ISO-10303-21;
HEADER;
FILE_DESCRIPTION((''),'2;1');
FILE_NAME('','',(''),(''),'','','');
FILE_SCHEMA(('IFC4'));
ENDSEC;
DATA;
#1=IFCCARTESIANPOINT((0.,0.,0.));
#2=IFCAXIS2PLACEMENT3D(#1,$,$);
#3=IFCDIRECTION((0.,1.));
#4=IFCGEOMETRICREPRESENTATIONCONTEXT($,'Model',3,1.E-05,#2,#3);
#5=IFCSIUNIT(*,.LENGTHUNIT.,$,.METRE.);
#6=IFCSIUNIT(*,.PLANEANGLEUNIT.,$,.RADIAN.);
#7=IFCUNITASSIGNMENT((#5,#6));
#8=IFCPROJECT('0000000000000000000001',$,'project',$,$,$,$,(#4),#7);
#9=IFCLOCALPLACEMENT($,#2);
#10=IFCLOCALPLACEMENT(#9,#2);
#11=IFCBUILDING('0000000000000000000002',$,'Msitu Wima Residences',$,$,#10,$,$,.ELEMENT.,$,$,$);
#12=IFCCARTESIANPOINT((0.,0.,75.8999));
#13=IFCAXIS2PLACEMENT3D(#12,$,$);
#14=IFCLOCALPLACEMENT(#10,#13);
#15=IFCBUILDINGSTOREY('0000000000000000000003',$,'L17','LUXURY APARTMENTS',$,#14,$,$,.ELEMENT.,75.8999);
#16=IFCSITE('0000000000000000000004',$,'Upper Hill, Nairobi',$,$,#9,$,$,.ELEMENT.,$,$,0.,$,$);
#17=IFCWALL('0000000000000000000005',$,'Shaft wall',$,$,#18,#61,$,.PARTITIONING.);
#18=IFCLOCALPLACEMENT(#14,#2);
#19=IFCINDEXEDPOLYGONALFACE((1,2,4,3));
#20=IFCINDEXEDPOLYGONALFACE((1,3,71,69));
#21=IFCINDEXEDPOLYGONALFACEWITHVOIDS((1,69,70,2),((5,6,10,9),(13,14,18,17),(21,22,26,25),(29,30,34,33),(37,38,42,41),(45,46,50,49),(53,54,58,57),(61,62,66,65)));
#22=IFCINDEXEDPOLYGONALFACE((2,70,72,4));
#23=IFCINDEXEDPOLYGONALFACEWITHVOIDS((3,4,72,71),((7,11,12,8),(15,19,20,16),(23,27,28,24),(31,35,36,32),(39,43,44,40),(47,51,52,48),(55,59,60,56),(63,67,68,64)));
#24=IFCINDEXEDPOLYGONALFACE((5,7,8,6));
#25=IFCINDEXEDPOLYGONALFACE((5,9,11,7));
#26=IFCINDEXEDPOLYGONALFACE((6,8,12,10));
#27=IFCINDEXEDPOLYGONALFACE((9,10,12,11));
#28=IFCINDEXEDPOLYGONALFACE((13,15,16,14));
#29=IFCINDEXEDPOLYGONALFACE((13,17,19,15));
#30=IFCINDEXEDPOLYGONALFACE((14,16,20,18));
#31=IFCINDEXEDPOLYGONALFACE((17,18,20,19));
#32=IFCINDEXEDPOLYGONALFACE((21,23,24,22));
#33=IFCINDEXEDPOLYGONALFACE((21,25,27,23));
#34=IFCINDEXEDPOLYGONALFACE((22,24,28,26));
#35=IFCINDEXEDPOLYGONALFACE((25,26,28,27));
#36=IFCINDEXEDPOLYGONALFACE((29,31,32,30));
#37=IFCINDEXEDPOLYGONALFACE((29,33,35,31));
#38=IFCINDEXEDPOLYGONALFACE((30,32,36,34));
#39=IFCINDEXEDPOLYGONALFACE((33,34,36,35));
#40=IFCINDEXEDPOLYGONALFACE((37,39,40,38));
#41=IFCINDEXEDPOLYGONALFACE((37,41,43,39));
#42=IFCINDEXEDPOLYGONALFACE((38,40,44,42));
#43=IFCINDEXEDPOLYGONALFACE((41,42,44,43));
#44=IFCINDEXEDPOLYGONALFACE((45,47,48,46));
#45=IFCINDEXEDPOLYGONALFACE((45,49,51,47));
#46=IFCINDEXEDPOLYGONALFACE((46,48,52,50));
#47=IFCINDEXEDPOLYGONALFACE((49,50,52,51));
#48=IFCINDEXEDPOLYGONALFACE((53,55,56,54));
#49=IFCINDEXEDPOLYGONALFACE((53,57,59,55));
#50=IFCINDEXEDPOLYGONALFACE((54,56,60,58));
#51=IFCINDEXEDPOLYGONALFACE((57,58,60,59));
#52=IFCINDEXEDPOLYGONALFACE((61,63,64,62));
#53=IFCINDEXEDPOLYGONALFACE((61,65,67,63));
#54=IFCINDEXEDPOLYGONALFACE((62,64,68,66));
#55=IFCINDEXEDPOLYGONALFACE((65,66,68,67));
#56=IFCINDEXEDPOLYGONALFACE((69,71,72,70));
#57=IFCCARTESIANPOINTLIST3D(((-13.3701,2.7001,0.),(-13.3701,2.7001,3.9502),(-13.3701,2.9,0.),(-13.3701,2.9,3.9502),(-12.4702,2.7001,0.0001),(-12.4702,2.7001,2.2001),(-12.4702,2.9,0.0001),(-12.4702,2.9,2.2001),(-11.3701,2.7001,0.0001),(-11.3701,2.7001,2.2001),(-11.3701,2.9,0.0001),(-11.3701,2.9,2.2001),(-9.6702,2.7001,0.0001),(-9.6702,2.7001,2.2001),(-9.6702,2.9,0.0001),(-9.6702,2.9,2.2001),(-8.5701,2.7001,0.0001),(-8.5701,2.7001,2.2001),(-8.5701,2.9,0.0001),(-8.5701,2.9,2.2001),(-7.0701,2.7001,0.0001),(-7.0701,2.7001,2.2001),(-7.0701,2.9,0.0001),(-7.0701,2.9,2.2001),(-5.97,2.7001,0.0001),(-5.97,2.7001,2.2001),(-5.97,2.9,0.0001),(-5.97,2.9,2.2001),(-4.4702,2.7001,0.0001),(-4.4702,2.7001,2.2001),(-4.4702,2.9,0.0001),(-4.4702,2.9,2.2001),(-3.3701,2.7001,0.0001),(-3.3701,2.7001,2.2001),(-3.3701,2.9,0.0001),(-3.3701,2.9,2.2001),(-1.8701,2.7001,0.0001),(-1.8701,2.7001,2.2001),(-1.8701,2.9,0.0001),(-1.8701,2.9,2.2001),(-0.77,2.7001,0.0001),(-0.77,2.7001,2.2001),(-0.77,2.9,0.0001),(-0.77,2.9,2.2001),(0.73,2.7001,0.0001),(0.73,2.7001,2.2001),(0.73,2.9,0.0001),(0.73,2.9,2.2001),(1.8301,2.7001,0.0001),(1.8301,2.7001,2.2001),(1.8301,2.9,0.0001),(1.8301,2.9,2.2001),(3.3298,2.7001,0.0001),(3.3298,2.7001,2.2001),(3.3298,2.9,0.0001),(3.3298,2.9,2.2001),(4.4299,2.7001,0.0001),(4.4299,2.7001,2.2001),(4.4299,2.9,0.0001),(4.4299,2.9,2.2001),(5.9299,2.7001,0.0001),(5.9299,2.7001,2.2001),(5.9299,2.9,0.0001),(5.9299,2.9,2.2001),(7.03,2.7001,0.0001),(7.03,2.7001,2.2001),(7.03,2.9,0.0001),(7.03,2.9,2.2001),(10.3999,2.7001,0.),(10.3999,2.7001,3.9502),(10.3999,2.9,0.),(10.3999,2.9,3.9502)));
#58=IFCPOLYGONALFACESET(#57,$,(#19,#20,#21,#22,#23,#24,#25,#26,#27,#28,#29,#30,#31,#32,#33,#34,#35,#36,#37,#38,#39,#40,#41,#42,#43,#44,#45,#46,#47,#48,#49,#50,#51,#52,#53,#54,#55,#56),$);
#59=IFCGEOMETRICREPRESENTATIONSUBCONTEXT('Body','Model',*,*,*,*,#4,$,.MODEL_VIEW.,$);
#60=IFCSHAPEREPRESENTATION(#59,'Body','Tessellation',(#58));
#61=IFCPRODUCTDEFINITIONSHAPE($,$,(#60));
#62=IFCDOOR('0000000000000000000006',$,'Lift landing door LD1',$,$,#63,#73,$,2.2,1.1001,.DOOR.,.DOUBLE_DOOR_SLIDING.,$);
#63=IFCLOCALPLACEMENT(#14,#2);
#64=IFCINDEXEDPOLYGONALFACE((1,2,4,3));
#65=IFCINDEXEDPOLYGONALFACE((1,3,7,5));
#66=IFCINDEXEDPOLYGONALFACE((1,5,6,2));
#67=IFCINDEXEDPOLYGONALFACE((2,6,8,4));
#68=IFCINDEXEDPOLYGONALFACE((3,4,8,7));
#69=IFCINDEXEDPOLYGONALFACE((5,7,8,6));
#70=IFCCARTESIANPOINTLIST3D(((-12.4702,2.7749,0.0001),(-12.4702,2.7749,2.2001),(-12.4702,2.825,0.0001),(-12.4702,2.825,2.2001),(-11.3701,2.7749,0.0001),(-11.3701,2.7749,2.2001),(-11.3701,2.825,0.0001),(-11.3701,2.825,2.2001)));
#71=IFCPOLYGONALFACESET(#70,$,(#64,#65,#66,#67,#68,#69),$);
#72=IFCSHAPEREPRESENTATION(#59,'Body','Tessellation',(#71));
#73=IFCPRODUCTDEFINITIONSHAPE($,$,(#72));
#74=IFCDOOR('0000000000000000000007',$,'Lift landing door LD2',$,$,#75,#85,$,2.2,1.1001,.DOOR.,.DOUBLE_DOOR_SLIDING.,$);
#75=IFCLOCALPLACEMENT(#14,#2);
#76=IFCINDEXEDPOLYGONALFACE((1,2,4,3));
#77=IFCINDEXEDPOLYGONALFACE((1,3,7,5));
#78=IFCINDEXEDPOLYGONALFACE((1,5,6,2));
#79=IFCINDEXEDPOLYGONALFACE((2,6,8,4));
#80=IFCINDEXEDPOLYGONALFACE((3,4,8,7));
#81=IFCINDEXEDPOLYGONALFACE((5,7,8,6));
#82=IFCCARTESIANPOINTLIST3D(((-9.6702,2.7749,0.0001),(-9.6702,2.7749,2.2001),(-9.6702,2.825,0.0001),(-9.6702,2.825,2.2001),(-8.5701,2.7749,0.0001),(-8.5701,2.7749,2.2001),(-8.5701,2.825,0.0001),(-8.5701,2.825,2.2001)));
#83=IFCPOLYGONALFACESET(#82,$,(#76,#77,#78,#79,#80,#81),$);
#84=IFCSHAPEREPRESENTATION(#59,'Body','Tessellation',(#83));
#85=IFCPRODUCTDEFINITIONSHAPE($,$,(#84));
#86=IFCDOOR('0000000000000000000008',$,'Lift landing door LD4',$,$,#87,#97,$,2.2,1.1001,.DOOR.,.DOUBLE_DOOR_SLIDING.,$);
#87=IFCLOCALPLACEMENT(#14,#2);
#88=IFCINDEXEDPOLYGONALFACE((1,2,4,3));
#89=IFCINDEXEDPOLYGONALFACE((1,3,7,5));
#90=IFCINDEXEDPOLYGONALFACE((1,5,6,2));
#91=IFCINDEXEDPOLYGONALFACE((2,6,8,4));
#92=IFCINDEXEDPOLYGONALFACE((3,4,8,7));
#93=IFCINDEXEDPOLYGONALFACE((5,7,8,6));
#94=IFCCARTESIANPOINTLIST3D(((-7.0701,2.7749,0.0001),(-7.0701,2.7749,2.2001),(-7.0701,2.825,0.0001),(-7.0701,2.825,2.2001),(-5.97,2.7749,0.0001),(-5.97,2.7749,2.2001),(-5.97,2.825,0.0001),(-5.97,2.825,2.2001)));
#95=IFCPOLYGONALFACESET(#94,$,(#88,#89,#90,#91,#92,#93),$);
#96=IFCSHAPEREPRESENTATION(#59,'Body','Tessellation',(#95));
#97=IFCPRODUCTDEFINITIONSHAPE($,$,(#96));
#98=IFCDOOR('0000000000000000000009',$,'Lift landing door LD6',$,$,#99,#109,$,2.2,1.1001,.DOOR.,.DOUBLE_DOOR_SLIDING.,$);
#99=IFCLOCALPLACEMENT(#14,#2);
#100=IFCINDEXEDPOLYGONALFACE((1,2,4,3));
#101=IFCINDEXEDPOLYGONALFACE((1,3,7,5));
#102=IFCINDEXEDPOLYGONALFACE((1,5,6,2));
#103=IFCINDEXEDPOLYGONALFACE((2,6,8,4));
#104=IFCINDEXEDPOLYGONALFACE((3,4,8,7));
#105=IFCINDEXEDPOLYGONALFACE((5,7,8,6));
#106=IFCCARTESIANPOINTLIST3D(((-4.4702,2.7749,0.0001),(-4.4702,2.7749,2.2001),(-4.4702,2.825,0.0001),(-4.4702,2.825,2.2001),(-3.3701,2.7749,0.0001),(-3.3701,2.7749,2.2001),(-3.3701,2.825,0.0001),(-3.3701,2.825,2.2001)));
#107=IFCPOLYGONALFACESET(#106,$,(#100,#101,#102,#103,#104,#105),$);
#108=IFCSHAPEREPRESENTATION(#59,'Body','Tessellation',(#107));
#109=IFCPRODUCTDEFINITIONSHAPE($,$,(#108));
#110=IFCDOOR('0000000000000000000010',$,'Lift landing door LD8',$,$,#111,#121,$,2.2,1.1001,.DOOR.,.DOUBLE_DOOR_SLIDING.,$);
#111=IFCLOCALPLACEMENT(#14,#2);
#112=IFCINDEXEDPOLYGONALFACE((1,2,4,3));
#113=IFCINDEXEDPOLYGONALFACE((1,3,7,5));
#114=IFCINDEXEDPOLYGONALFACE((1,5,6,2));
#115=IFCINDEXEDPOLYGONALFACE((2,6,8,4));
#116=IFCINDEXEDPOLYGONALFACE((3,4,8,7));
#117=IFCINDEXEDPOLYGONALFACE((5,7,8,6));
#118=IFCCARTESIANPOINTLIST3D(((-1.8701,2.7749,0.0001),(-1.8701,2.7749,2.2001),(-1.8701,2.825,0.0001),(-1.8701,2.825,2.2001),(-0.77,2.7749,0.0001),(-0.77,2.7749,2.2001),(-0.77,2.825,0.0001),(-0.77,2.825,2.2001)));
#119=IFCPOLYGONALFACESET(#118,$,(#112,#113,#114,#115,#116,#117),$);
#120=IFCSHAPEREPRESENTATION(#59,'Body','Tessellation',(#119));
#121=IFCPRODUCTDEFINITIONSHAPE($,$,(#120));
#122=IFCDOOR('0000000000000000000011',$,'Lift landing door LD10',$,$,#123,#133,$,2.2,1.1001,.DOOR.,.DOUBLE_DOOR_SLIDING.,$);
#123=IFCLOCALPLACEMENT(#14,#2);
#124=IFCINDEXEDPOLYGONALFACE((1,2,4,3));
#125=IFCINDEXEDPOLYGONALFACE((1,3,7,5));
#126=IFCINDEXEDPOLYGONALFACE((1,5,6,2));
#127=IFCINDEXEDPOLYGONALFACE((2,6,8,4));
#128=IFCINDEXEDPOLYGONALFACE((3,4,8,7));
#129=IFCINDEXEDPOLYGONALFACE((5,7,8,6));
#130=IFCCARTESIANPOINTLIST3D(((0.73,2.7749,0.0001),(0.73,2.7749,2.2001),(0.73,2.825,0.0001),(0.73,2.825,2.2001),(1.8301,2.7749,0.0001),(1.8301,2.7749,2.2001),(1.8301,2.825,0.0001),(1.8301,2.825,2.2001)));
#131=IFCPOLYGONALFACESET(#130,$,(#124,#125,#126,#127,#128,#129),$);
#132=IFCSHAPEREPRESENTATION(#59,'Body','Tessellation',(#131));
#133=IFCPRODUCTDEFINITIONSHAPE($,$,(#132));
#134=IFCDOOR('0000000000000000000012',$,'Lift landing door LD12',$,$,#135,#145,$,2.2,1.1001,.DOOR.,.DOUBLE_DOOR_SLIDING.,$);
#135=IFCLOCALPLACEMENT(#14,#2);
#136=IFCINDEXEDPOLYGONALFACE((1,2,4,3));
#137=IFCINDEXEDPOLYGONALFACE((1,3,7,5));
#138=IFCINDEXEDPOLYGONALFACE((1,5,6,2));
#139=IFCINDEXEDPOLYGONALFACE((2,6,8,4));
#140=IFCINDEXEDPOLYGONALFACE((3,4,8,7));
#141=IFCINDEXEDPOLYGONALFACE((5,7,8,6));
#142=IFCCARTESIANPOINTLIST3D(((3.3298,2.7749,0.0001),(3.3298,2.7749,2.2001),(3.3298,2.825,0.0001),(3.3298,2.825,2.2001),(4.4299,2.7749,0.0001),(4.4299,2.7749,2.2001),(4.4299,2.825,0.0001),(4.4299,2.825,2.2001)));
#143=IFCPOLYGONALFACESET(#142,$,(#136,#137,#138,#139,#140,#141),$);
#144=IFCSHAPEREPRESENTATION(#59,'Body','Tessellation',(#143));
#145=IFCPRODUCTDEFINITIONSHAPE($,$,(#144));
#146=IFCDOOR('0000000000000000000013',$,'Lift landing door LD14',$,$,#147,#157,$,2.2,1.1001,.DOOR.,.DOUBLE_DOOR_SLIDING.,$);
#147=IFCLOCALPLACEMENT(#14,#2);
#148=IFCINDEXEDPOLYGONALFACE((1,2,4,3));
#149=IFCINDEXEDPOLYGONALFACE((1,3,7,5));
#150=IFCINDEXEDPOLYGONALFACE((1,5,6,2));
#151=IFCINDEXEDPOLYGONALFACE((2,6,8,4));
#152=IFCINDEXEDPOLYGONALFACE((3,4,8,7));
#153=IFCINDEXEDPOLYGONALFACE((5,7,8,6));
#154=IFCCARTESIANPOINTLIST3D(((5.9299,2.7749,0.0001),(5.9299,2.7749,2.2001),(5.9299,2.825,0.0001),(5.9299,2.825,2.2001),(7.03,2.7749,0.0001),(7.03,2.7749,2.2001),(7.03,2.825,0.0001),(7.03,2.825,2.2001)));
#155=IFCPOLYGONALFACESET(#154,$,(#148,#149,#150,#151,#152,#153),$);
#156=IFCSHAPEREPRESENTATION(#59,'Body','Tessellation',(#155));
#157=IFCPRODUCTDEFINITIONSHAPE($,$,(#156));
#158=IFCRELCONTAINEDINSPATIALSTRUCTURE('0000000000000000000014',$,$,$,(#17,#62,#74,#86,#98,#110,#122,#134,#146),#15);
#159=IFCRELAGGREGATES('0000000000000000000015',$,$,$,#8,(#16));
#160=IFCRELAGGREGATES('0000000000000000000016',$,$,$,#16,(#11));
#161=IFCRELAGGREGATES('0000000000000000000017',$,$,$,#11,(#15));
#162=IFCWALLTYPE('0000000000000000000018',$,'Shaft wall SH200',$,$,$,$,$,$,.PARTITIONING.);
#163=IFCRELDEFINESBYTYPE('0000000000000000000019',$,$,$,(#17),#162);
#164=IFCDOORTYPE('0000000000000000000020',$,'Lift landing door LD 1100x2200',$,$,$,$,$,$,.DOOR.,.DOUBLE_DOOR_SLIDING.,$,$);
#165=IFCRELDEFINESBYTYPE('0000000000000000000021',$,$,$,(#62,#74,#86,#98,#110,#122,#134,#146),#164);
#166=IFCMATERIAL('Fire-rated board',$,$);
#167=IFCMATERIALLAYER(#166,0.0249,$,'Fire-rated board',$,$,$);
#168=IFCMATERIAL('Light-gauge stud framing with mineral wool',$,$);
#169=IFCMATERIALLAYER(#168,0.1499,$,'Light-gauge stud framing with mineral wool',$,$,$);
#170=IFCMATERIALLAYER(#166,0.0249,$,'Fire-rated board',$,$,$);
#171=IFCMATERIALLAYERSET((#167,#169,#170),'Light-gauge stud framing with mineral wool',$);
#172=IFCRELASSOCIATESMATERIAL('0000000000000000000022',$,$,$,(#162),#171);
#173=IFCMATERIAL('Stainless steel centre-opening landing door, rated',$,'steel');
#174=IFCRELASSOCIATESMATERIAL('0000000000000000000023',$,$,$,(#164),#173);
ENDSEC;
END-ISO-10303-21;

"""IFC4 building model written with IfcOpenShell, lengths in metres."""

from ifc_helpers import new_model, si_unit, direction, frame, frame_2d, origin, place, context, subcontext, project, spatial, rectangle, extrude, material, layer, layer_set, type_object, element, fill, save


model = new_model("IFC4")

# Units and contexts
model_context = context("Model", 3, precision=1e-05, world=origin(), true_north=direction((0.0, 1.0)))
body_context = subcontext(model_context, "Body", "Model", "MODEL_VIEW")
ifc_project = project(units=[si_unit("LENGTHUNIT", "METRE"), si_unit("PLANEANGLEUNIT", "RADIAN")], contexts=[model_context])

# Site, building, storey
site_placement = place(None, origin())
site = spatial("IfcSite", under=ifc_project, at=site_placement, Name="Upper Hill, Nairobi", CompositionType="ELEMENT", RefElevation=0.0)
building_placement = place(site_placement, origin())
building = spatial("IfcBuilding", under=site, at=building_placement, Name="Msitu Wima Residences", CompositionType="ELEMENT")
storey_placement = place(building_placement, frame((0.0, 0.0, 75.8999)))
storey = spatial("IfcBuildingStorey", under=building, at=storey_placement, Name="L17", Description="LUXURY APARTMENTS", CompositionType="ELEMENT", Elevation=75.8999)

# Wall, openings, doors
ifc_material_1 = material(Name="Fire-rated board")
ifc_layer_1 = layer(ifc_material_1, 0.0249, Name="Fire-rated board")
ifc_material_2 = material(Name="Light-gauge stud framing with mineral wool")
ifc_layer_2 = layer(ifc_material_2, 0.1499, Name="Light-gauge stud framing with mineral wool")
ifc_layer_3 = layer(ifc_material_1, 0.0249, Name="Fire-rated board")
ifc_layer_set_1 = layer_set([ifc_layer_1, ifc_layer_2, ifc_layer_3], Name="Light-gauge stud framing with mineral wool")
wall_type_1 = type_object("IfcWallType", Name="Shaft wall SH200", PredefinedType="PARTITIONING", material=ifc_layer_set_1)
wall_1_placement = place(storey_placement, frame((-13.3701, 2.8, 0.0), z_axis=(0.0, 0.0, 1.0), x_axis=(1.0, 0.0, 0.0)))
wall_1 = element("IfcWall", 1, at=wall_1_placement, inside=storey, type_object=wall_type_1, Name="Shaft wall", PredefinedType="PARTITIONING", context=body_context, shape_type="SweptSolid", body=[
    extrude(rectangle(XDim=23.77, YDim=0.2, at=frame_2d((11.885, 0.0))), origin(), (0.0, 0.0, 1.0), 3.9502),
])
opening_1_placement = place(wall_1_placement, frame((0.8999, 0.0, 0.0)))
opening_1 = element("IfcOpeningElement", 2, at=opening_1_placement, cuts=wall_1, PredefinedType="OPENING", context=body_context, shape_type="SweptSolid", body=[
    extrude(rectangle(XDim=1.1001, YDim=2.2, at=frame_2d((0.55, 1.1001))), frame((0.0, 0.1099, 0.0), z_axis=(0.0, -1.0, 0.0), x_axis=(1.0, 0.0, 0.0)), (0.0, 0.0, 1.0), 0.22),
])
opening_2_placement = place(wall_1_placement, frame((3.7, 0.0, 0.0)))
opening_2 = element("IfcOpeningElement", 3, at=opening_2_placement, cuts=wall_1, PredefinedType="OPENING", context=body_context, shape_type="SweptSolid", body=[
    extrude(rectangle(XDim=1.1001, YDim=2.2, at=frame_2d((0.55, 1.1001))), frame((0.0, 0.1099, 0.0), z_axis=(0.0, -1.0, 0.0), x_axis=(1.0, 0.0, 0.0)), (0.0, 0.0, 1.0), 0.22),
])
opening_3_placement = place(wall_1_placement, frame((6.3, 0.0, 0.0)))
opening_3 = element("IfcOpeningElement", 4, at=opening_3_placement, cuts=wall_1, PredefinedType="OPENING", context=body_context, shape_type="SweptSolid", body=[
    extrude(rectangle(XDim=1.1001, YDim=2.2, at=frame_2d((0.55, 1.1001))), frame((0.0, 0.1099, 0.0), z_axis=(0.0, -1.0, 0.0), x_axis=(1.0, 0.0, 0.0)), (0.0, 0.0, 1.0), 0.22),
])
opening_4_placement = place(wall_1_placement, frame((8.8999, 0.0, 0.0)))
opening_4 = element("IfcOpeningElement", 5, at=opening_4_placement, cuts=wall_1, PredefinedType="OPENING", context=body_context, shape_type="SweptSolid", body=[
    extrude(rectangle(XDim=1.1001, YDim=2.2, at=frame_2d((0.55, 1.1001))), frame((0.0, 0.1099, 0.0), z_axis=(0.0, -1.0, 0.0), x_axis=(1.0, 0.0, 0.0)), (0.0, 0.0, 1.0), 0.22),
])
opening_5_placement = place(wall_1_placement, frame((11.5, 0.0, 0.0)))
opening_5 = element("IfcOpeningElement", 6, at=opening_5_placement, cuts=wall_1, PredefinedType="OPENING", context=body_context, shape_type="SweptSolid", body=[
    extrude(rectangle(XDim=1.1001, YDim=2.2, at=frame_2d((0.55, 1.1001))), frame((0.0, 0.1099, 0.0), z_axis=(0.0, -1.0, 0.0), x_axis=(1.0, 0.0, 0.0)), (0.0, 0.0, 1.0), 0.22),
])
opening_6_placement = place(wall_1_placement, frame((14.1001, 0.0, 0.0)))
opening_6 = element("IfcOpeningElement", 7, at=opening_6_placement, cuts=wall_1, PredefinedType="OPENING", context=body_context, shape_type="SweptSolid", body=[
    extrude(rectangle(XDim=1.1001, YDim=2.2, at=frame_2d((0.55, 1.1001))), frame((0.0, 0.1099, 0.0), z_axis=(0.0, -1.0, 0.0), x_axis=(1.0, 0.0, 0.0)), (0.0, 0.0, 1.0), 0.22),
])
opening_7_placement = place(wall_1_placement, frame((16.7, 0.0, 0.0)))
opening_7 = element("IfcOpeningElement", 8, at=opening_7_placement, cuts=wall_1, PredefinedType="OPENING", context=body_context, shape_type="SweptSolid", body=[
    extrude(rectangle(XDim=1.1001, YDim=2.2, at=frame_2d((0.55, 1.1001))), frame((0.0, 0.1099, 0.0), z_axis=(0.0, -1.0, 0.0), x_axis=(1.0, 0.0, 0.0)), (0.0, 0.0, 1.0), 0.22),
])
opening_8_placement = place(wall_1_placement, frame((19.3, 0.0, 0.0)))
opening_8 = element("IfcOpeningElement", 9, at=opening_8_placement, cuts=wall_1, PredefinedType="OPENING", context=body_context, shape_type="SweptSolid", body=[
    extrude(rectangle(XDim=1.1001, YDim=2.2, at=frame_2d((0.55, 1.1001))), frame((0.0, 0.1099, 0.0), z_axis=(0.0, -1.0, 0.0), x_axis=(1.0, 0.0, 0.0)), (0.0, 0.0, 1.0), 0.22),
])
ifc_material_3 = material(Name="Stainless steel centre-opening landing door, rated", Category="steel")
door_type_1 = type_object("IfcDoorType", Name="Lift landing door LD 1100x2200", OperationType="DOUBLE_DOOR_SLIDING", PredefinedType="DOOR", material=ifc_material_3)
door_1_placement = place(opening_1_placement, origin())
door_1 = element("IfcDoor", 10, at=door_1_placement, inside=storey, type_object=door_type_1, Name="Lift landing door LD1", OperationType="DOUBLE_DOOR_SLIDING", OverallHeight=2.2, OverallWidth=1.1001, PredefinedType="DOOR", context=body_context, shape_type="SweptSolid", body=[
    extrude(rectangle(XDim=1.1001, YDim=2.2, at=frame_2d((0.55, 1.1001))), frame((0.0, 0.0249, 0.0), z_axis=(0.0, -1.0, 0.0), x_axis=(1.0, 0.0, 0.0)), (0.0, 0.0, 1.0), 0.05),
])
fill(opening_1, door_1)
door_2_placement = place(opening_2_placement, origin())
door_2 = element("IfcDoor", 11, at=door_2_placement, inside=storey, type_object=door_type_1, Name="Lift landing door LD2", OperationType="DOUBLE_DOOR_SLIDING", OverallHeight=2.2, OverallWidth=1.1001, PredefinedType="DOOR", context=body_context, shape_type="SweptSolid", body=[
    extrude(rectangle(XDim=1.1001, YDim=2.2, at=frame_2d((0.55, 1.1001))), frame((0.0, 0.0249, 0.0), z_axis=(0.0, -1.0, 0.0), x_axis=(1.0, 0.0, 0.0)), (0.0, 0.0, 1.0), 0.05),
])
fill(opening_2, door_2)
door_3_placement = place(opening_3_placement, origin())
door_3 = element("IfcDoor", 12, at=door_3_placement, inside=storey, type_object=door_type_1, Name="Lift landing door LD4", OperationType="DOUBLE_DOOR_SLIDING", OverallHeight=2.2, OverallWidth=1.1001, PredefinedType="DOOR", context=body_context, shape_type="SweptSolid", body=[
    extrude(rectangle(XDim=1.1001, YDim=2.2, at=frame_2d((0.55, 1.1001))), frame((0.0, 0.0249, 0.0), z_axis=(0.0, -1.0, 0.0), x_axis=(1.0, 0.0, 0.0)), (0.0, 0.0, 1.0), 0.05),
])
fill(opening_3, door_3)
door_4_placement = place(opening_4_placement, origin())
door_4 = element("IfcDoor", 13, at=door_4_placement, inside=storey, type_object=door_type_1, Name="Lift landing door LD6", OperationType="DOUBLE_DOOR_SLIDING", OverallHeight=2.2, OverallWidth=1.1001, PredefinedType="DOOR", context=body_context, shape_type="SweptSolid", body=[
    extrude(rectangle(XDim=1.1001, YDim=2.2, at=frame_2d((0.55, 1.1001))), frame((0.0, 0.0249, 0.0), z_axis=(0.0, -1.0, 0.0), x_axis=(1.0, 0.0, 0.0)), (0.0, 0.0, 1.0), 0.05),
])
fill(opening_4, door_4)
door_5_placement = place(opening_5_placement, origin())
door_5 = element("IfcDoor", 14, at=door_5_placement, inside=storey, type_object=door_type_1, Name="Lift landing door LD8", OperationType="DOUBLE_DOOR_SLIDING", OverallHeight=2.2, OverallWidth=1.1001, PredefinedType="DOOR", context=body_context, shape_type="SweptSolid", body=[
    extrude(rectangle(XDim=1.1001, YDim=2.2, at=frame_2d((0.55, 1.1001))), frame((0.0, 0.0249, 0.0), z_axis=(0.0, -1.0, 0.0), x_axis=(1.0, 0.0, 0.0)), (0.0, 0.0, 1.0), 0.05),
])
fill(opening_5, door_5)
door_6_placement = place(opening_6_placement, origin())
door_6 = element("IfcDoor", 15, at=door_6_placement, inside=storey, type_object=door_type_1, Name="Lift landing door LD10", OperationType="DOUBLE_DOOR_SLIDING", OverallHeight=2.2, OverallWidth=1.1001, PredefinedType="DOOR", context=body_context, shape_type="SweptSolid", body=[
    extrude(rectangle(XDim=1.1001, YDim=2.2, at=frame_2d((0.55, 1.1001))), frame((0.0, 0.0249, 0.0), z_axis=(0.0, -1.0, 0.0), x_axis=(1.0, 0.0, 0.0)), (0.0, 0.0, 1.0), 0.05),
])
fill(opening_6, door_6)
door_7_placement = place(opening_7_placement, origin())
door_7 = element("IfcDoor", 16, at=door_7_placement, inside=storey, type_object=door_type_1, Name="Lift landing door LD12", OperationType="DOUBLE_DOOR_SLIDING", OverallHeight=2.2, OverallWidth=1.1001, PredefinedType="DOOR", context=body_context, shape_type="SweptSolid", body=[
    extrude(rectangle(XDim=1.1001, YDim=2.2, at=frame_2d((0.55, 1.1001))), frame((0.0, 0.0249, 0.0), z_axis=(0.0, -1.0, 0.0), x_axis=(1.0, 0.0, 0.0)), (0.0, 0.0, 1.0), 0.05),
])
fill(opening_7, door_7)
door_8_placement = place(opening_8_placement, origin())
door_8 = element("IfcDoor", 17, at=door_8_placement, inside=storey, type_object=door_type_1, Name="Lift landing door LD14", OperationType="DOUBLE_DOOR_SLIDING", OverallHeight=2.2, OverallWidth=1.1001, PredefinedType="DOOR", context=body_context, shape_type="SweptSolid", body=[
    extrude(rectangle(XDim=1.1001, YDim=2.2, at=frame_2d((0.55, 1.1001))), frame((0.0, 0.0249, 0.0), z_axis=(0.0, -1.0, 0.0), x_axis=(1.0, 0.0, 0.0)), (0.0, 0.0, 1.0), 0.05),
])
fill(opening_8, door_8)

save(model, "model.ifc")
